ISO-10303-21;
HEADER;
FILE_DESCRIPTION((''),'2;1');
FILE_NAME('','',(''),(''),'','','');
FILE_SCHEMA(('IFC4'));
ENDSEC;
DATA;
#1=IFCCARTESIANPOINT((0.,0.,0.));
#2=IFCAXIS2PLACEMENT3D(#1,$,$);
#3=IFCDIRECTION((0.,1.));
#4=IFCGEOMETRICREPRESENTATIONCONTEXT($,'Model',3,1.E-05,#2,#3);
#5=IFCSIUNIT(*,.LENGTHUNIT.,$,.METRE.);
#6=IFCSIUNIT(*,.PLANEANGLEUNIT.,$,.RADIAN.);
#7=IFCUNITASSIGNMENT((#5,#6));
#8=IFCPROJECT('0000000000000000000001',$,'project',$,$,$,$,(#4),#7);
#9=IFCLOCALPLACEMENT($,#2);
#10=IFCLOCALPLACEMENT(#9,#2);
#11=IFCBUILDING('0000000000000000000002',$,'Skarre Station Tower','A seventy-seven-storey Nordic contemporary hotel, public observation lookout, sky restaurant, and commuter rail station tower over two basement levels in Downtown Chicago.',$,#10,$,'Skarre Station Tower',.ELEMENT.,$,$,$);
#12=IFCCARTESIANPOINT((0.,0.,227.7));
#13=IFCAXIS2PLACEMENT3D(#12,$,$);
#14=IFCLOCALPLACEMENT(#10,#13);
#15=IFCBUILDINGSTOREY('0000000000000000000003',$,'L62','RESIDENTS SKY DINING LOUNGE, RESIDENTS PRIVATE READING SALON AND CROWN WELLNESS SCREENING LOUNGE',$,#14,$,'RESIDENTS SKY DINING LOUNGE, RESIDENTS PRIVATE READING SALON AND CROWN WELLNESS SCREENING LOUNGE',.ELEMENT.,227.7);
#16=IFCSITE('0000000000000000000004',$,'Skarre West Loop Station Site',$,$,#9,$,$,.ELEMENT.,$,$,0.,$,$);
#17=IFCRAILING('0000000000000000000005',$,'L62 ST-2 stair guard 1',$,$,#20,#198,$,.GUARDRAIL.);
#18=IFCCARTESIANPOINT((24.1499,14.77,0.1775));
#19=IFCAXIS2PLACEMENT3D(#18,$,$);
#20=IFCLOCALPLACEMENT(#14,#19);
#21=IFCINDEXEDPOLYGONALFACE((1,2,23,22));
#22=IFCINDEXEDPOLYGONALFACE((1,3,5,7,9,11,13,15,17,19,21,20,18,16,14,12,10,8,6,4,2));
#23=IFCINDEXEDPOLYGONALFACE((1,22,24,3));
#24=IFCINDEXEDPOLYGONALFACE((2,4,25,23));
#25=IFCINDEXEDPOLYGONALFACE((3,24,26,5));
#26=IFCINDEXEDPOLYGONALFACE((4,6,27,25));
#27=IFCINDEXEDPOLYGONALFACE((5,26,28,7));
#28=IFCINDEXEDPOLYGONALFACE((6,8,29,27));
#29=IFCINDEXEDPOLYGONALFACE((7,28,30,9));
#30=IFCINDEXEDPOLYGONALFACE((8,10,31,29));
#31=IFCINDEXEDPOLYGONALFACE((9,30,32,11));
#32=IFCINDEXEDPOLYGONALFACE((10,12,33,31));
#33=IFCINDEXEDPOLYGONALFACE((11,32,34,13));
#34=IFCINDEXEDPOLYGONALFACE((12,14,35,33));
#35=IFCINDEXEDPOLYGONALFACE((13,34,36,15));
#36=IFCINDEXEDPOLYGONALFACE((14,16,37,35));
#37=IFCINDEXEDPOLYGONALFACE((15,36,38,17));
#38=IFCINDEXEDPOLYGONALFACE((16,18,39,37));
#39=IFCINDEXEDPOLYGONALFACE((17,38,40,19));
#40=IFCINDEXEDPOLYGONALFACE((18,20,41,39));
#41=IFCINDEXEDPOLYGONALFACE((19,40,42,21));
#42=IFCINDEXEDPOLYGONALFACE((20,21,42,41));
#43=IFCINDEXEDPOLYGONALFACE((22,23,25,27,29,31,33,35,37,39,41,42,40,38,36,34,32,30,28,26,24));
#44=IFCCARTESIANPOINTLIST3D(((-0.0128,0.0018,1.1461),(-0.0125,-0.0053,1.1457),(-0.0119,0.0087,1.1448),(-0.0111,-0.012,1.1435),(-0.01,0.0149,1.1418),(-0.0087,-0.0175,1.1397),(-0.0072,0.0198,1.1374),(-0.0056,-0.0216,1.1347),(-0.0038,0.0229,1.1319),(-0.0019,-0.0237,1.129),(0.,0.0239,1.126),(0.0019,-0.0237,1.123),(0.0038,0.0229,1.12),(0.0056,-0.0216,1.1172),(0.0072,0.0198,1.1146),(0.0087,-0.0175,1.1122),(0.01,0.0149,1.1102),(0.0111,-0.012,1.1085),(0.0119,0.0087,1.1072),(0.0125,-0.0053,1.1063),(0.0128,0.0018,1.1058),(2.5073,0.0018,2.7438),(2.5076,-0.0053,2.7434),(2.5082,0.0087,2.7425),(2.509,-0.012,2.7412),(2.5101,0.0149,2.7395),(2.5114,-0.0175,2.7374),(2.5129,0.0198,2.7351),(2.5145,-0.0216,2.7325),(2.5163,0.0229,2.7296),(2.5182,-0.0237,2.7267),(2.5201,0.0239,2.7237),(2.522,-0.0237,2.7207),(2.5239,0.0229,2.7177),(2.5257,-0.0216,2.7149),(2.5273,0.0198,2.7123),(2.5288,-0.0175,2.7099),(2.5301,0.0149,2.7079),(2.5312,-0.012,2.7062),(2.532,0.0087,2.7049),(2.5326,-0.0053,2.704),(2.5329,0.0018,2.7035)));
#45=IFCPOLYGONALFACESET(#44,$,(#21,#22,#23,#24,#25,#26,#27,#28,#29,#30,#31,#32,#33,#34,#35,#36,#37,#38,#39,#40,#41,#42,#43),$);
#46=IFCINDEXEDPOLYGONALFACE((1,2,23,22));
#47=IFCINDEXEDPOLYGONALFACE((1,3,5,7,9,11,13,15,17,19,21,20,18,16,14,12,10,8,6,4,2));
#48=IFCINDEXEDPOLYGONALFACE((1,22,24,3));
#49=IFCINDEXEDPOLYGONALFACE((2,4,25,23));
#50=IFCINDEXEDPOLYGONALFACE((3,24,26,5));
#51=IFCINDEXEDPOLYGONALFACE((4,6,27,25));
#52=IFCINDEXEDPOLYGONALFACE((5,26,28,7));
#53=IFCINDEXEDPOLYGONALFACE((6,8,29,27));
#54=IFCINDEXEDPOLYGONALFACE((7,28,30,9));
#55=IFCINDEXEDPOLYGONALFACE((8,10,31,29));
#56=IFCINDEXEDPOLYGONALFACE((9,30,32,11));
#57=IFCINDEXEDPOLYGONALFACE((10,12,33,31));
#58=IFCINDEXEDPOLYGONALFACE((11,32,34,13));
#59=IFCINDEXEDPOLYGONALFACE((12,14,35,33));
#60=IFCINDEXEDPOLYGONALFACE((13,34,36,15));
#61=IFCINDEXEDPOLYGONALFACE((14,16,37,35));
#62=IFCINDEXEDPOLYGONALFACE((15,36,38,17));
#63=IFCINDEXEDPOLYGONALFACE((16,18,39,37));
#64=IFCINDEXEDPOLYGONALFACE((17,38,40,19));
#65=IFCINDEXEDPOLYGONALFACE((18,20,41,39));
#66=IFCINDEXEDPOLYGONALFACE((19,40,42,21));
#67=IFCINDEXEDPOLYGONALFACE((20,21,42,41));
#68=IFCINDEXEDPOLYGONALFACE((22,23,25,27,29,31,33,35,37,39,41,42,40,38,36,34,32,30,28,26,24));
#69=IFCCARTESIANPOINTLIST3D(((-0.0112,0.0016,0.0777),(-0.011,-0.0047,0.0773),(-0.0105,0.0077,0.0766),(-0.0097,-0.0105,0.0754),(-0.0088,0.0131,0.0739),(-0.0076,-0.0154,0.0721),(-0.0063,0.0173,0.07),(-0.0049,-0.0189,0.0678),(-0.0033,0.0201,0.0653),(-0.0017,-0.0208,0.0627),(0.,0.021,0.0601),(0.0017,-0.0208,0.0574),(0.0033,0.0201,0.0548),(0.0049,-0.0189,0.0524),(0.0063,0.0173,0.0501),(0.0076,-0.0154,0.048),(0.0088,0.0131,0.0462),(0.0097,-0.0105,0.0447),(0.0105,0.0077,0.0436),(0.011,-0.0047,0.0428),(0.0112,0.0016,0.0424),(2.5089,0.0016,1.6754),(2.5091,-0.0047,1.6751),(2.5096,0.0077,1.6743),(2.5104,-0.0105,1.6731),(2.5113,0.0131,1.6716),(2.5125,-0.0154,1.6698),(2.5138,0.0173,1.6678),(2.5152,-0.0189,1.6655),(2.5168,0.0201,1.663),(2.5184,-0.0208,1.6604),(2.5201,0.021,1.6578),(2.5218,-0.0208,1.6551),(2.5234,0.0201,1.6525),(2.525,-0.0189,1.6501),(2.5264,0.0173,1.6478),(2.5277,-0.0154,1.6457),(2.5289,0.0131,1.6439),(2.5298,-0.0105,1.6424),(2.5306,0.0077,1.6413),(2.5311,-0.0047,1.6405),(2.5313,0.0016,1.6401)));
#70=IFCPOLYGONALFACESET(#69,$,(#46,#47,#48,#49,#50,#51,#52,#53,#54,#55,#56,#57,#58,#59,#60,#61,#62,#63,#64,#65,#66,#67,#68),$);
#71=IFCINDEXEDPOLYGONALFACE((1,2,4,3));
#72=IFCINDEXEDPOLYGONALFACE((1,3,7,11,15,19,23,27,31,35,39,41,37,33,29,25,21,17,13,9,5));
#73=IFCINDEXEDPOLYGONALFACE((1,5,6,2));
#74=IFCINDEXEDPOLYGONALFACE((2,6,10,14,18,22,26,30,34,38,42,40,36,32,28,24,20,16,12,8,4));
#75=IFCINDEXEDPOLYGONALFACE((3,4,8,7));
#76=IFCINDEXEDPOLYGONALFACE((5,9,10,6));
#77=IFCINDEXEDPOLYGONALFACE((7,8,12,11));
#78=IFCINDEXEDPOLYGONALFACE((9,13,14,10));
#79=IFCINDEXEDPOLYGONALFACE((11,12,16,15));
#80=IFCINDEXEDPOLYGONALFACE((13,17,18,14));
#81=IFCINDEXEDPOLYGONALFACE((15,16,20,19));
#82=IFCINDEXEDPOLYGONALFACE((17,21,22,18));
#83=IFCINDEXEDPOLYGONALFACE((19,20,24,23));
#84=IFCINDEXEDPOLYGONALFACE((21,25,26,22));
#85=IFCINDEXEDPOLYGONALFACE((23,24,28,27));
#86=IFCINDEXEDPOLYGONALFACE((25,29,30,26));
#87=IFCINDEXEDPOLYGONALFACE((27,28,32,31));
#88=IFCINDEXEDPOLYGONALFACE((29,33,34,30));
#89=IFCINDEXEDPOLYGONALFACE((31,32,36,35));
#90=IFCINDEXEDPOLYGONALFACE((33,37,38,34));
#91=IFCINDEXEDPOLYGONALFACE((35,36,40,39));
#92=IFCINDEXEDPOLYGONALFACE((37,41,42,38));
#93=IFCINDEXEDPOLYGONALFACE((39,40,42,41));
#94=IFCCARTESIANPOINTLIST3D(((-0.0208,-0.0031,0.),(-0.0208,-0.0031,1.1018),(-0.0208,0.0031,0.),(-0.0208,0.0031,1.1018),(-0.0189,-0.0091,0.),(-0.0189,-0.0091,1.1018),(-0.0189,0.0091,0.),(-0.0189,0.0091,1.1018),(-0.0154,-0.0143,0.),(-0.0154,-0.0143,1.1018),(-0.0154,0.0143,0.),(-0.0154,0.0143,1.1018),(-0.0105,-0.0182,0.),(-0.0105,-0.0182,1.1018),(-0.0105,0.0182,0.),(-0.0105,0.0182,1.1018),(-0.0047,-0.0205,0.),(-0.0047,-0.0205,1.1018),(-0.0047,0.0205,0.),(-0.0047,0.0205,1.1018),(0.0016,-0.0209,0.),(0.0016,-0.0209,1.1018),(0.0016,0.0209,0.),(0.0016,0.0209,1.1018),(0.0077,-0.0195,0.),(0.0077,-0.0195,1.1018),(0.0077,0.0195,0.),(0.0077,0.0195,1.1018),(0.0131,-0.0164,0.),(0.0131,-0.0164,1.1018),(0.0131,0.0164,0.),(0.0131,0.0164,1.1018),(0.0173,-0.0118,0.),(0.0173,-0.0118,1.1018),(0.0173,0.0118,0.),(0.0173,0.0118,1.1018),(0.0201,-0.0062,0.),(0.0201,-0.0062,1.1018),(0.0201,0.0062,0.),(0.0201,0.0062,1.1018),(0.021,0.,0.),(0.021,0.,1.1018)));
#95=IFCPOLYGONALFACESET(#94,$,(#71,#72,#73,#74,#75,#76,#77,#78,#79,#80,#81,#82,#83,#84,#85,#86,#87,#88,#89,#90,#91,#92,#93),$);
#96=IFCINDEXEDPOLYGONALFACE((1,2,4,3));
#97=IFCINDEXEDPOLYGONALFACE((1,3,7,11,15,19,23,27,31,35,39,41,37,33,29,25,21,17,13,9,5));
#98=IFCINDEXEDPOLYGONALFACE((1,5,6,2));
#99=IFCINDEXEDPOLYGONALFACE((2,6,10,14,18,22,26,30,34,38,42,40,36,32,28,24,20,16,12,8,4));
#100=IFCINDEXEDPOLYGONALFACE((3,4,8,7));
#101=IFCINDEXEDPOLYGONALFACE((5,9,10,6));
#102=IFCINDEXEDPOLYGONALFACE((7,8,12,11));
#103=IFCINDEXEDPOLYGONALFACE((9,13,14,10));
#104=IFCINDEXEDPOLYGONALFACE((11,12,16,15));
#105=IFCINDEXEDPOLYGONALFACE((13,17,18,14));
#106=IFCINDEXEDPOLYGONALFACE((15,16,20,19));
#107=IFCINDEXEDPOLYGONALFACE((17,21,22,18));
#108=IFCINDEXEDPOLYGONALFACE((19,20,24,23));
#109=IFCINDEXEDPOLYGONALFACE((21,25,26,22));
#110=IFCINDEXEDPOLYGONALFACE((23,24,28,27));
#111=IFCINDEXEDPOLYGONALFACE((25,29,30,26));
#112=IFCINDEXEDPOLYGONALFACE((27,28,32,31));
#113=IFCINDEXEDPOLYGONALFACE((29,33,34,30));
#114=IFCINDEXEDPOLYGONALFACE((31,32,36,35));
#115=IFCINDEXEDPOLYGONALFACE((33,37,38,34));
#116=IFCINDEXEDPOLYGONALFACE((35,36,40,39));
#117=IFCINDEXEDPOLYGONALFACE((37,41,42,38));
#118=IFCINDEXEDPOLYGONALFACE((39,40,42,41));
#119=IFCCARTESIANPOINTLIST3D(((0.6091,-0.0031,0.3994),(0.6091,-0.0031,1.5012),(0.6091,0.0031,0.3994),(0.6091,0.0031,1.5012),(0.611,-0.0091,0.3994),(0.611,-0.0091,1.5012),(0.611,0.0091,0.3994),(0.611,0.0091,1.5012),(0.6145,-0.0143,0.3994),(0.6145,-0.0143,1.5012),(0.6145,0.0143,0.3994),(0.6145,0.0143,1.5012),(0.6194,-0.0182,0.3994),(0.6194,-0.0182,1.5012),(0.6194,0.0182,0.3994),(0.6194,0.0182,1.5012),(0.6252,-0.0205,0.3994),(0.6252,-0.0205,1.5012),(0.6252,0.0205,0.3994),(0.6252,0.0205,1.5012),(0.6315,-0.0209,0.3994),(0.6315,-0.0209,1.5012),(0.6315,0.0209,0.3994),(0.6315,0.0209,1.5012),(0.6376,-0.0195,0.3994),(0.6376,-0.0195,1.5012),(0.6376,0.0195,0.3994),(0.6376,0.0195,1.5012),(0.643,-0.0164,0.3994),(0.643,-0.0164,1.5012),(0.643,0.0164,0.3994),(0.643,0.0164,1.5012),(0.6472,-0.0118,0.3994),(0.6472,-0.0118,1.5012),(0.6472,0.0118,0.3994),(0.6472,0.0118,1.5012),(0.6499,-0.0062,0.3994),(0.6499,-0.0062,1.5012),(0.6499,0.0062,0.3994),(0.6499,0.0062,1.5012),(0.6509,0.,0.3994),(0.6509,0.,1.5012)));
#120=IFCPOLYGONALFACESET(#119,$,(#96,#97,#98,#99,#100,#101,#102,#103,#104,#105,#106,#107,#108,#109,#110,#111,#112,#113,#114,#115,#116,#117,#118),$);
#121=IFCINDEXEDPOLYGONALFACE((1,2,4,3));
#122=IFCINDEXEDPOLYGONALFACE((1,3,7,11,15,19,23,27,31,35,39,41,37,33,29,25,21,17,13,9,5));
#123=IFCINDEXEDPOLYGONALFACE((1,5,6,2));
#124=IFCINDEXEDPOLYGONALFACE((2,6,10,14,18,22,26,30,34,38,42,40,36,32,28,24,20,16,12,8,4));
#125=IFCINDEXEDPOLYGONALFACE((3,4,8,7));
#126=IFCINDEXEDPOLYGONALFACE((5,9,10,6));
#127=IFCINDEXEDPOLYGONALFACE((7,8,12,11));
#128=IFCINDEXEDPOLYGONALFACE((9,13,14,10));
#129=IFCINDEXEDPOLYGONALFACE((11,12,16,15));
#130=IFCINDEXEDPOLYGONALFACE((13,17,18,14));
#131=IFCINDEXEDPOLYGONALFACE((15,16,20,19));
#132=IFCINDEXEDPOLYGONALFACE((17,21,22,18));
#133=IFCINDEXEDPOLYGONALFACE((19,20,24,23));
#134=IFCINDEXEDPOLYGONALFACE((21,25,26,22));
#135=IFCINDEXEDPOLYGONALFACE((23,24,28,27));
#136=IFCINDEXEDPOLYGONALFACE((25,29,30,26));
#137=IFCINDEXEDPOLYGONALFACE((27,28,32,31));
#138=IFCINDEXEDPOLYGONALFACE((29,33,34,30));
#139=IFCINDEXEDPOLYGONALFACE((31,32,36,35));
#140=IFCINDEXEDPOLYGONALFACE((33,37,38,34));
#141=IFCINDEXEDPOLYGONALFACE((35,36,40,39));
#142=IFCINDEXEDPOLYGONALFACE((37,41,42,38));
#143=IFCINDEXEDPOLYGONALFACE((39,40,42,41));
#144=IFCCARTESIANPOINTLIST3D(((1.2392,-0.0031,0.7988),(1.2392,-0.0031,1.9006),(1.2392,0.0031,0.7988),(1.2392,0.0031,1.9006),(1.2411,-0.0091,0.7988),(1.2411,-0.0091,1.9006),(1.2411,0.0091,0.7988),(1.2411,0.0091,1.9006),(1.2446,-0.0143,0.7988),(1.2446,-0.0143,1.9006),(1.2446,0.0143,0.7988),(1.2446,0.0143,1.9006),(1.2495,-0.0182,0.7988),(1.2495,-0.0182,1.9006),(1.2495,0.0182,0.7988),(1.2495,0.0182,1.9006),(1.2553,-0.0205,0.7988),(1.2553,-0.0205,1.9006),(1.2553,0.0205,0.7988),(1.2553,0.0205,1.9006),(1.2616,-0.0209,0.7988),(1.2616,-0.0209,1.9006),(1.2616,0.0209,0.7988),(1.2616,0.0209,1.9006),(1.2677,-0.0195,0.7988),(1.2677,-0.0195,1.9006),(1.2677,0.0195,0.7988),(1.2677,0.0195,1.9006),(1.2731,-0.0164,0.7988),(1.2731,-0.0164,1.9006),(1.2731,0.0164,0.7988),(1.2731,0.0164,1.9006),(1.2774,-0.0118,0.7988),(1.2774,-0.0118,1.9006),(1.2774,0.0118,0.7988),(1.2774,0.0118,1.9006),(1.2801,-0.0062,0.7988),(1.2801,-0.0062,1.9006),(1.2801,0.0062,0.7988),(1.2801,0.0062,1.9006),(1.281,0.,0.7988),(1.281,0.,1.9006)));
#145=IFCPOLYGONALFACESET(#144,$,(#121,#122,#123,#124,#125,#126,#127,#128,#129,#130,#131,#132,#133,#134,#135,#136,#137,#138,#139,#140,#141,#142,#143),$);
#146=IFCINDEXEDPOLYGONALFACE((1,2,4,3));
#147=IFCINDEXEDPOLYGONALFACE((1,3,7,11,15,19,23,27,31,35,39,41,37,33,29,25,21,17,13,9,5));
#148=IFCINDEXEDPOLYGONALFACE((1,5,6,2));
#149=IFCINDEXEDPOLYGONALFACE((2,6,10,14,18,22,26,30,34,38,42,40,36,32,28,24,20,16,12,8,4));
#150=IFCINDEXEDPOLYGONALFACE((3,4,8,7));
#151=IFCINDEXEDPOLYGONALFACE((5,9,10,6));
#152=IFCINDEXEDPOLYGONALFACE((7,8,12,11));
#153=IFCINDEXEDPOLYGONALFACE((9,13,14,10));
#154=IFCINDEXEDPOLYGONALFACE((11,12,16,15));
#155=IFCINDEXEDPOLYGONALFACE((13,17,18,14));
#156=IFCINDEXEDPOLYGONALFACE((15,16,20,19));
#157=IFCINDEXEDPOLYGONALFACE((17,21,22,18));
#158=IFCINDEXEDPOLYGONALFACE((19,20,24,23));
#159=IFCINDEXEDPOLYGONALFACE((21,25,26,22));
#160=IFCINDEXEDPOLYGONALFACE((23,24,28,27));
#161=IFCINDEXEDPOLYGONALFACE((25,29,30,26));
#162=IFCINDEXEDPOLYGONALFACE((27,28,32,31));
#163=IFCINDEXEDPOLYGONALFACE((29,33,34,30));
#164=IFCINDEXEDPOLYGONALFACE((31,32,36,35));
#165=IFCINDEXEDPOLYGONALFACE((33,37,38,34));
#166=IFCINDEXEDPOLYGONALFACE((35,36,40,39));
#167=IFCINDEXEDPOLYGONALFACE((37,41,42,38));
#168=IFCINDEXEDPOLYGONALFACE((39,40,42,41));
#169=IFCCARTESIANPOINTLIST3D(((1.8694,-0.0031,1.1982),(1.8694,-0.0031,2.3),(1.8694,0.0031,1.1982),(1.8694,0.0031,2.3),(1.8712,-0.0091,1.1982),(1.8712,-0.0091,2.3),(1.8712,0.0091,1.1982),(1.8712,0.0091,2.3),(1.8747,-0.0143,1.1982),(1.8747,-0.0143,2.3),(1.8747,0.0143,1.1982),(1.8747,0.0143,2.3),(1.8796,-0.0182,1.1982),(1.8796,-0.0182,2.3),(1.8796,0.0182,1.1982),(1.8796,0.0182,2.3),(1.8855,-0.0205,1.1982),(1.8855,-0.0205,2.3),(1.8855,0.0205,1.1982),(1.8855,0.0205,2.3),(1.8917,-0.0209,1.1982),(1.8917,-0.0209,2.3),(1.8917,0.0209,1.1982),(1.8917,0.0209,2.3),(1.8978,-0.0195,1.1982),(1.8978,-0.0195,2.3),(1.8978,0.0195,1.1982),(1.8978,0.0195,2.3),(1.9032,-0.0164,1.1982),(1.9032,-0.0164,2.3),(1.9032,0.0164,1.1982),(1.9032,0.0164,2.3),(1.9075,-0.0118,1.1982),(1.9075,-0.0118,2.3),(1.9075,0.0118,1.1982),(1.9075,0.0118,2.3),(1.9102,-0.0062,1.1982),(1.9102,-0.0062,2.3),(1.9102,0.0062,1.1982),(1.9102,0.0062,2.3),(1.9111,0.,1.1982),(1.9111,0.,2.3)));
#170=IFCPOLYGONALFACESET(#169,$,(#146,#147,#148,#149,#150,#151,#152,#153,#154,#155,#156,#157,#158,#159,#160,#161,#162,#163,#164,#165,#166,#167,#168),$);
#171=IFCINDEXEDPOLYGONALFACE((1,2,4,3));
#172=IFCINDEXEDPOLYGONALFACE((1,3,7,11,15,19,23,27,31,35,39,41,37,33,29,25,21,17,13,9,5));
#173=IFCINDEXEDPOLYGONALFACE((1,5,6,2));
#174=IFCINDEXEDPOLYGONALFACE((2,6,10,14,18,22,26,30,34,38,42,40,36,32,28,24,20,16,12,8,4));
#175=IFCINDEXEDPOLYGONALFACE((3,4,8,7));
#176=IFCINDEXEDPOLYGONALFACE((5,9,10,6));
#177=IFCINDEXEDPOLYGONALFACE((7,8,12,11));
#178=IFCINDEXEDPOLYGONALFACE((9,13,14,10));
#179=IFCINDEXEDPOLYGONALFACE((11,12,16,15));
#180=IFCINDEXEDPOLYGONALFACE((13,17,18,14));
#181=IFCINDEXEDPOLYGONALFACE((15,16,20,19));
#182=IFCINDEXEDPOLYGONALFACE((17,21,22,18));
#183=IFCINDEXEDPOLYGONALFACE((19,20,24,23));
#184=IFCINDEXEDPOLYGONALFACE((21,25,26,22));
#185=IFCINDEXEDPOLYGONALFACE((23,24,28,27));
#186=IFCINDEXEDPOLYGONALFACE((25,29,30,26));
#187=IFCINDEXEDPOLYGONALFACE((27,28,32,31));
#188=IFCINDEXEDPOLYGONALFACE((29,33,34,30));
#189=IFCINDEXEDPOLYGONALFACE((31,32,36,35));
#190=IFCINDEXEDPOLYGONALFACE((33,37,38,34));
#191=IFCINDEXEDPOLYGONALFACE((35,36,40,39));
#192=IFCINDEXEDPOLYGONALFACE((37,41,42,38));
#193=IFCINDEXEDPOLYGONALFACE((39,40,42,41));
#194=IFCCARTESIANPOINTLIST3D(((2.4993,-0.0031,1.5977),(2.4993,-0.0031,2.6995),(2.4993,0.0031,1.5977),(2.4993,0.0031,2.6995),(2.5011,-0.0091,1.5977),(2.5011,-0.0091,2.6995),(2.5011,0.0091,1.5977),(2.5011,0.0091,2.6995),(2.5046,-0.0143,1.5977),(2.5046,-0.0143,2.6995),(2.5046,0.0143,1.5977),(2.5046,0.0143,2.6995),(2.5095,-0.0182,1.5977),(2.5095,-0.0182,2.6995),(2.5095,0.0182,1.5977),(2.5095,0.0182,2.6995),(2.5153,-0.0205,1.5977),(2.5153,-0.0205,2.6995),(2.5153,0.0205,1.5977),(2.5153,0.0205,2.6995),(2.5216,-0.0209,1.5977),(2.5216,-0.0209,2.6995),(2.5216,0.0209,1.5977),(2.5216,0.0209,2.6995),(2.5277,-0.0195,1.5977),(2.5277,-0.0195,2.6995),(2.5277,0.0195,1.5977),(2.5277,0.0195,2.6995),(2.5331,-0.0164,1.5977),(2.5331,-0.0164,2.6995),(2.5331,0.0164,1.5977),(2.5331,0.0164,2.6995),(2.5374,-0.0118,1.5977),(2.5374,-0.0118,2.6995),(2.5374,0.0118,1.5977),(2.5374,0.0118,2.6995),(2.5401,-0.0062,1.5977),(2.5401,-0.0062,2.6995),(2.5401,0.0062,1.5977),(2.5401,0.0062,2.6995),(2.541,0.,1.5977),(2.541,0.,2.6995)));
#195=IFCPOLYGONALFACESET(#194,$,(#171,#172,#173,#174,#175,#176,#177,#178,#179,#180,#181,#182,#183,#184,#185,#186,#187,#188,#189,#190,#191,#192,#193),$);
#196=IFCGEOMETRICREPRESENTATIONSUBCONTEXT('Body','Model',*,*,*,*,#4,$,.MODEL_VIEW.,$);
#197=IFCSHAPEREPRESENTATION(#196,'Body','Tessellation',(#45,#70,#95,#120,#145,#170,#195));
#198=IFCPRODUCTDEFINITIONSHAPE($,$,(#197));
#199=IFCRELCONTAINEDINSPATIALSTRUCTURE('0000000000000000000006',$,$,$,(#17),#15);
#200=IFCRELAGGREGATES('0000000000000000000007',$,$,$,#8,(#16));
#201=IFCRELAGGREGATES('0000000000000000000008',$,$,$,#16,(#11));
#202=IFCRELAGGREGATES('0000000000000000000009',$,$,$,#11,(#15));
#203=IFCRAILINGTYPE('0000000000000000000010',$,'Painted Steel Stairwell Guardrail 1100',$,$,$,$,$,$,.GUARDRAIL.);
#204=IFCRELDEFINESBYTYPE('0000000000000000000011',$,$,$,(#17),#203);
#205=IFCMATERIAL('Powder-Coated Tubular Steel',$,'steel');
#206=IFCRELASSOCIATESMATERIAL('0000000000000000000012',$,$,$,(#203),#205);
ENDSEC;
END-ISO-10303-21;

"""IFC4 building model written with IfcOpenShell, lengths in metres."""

from ifc_helpers import new_model, si_unit, direction, frame, origin, origin_2d, place, context, subcontext, project, spatial, circle, extrude, material, type_object, element, save


model = new_model("IFC4")

# Units and contexts
model_context = context("Model", 3, precision=1e-05, world=origin(), true_north=direction((0.0, 1.0)))
body_context = subcontext(model_context, "Body", "Model", "MODEL_VIEW")
ifc_project = project(units=[si_unit("LENGTHUNIT", "METRE"), si_unit("PLANEANGLEUNIT", "RADIAN")], contexts=[model_context])

# Site, building, storey
site_placement = place(None, origin())
site = spatial("IfcSite", under=ifc_project, at=site_placement, Name="Skarre West Loop Station Site", CompositionType="ELEMENT", RefElevation=0.0)
building_placement = place(site_placement, origin())
building = spatial("IfcBuilding", under=site, at=building_placement, Name="Skarre Station Tower", Description="A seventy-seven-storey Nordic contemporary hotel, public observation lookout, sky restaurant, and commuter rail station tower over two basement levels in Downtown Chicago.", LongName="Skarre Station Tower", CompositionType="ELEMENT")
storey_placement = place(building_placement, frame((0.0, 0.0, 227.7)))
storey = spatial("IfcBuildingStorey", under=building, at=storey_placement, Name="L62", Description="RESIDENTS SKY DINING LOUNGE, RESIDENTS PRIVATE READING SALON AND CROWN WELLNESS SCREENING LOUNGE", LongName="RESIDENTS SKY DINING LOUNGE, RESIDENTS PRIVATE READING SALON AND CROWN WELLNESS SCREENING LOUNGE", CompositionType="ELEMENT", Elevation=227.7)

# Railing
ifc_material_1 = material(Name="Powder-Coated Tubular Steel", Category="steel")
railing_type_1 = type_object("IfcRailingType", Name="Painted Steel Stairwell Guardrail 1100", PredefinedType="GUARDRAIL", material=ifc_material_1)
railing_1_placement = place(storey_placement, frame((24.1499, 14.77, 0.1775)))
element("IfcRailing", 1, at=railing_1_placement, inside=storey, type_object=railing_type_1, Name="L62 ST-2 stair guard 1", PredefinedType="GUARDRAIL", context=body_context, shape_type="SweptSolid", body=[
    extrude(circle(Radius=0.0239, at=origin_2d()), frame((0.0, 0.0, 1.126), z_axis=(0.84457, 0.0, 0.535445), x_axis=(0.0, 1.0, 0.0)), (0.0, 0.0, 1.0), 2.9839),
    extrude(circle(Radius=0.021, at=origin_2d()), frame((0.0, 0.0, 0.0601), z_axis=(0.84457, 0.0, 0.535445), x_axis=(0.0, 1.0, 0.0)), (0.0, 0.0, 1.0), 2.9839),
    extrude(circle(Radius=0.021, at=origin_2d()), origin(), (0.0, 0.0, 1.0), 1.1018),
    extrude(circle(Radius=0.021, at=origin_2d()), frame((0.6299, 0.0, 0.3994)), (0.0, 0.0, 1.0), 1.1018),
    extrude(circle(Radius=0.021, at=origin_2d()), frame((1.26, 0.0, 0.7988)), (0.0, 0.0, 1.0), 1.1018),
    extrude(circle(Radius=0.021, at=origin_2d()), frame((1.8901, 0.0, 1.1982)), (0.0, 0.0, 1.0), 1.1018),
    extrude(circle(Radius=0.021, at=origin_2d()), frame((2.52, 0.0, 1.5977)), (0.0, 0.0, 1.0), 1.1018),
])

save(model, "model.ifc")
